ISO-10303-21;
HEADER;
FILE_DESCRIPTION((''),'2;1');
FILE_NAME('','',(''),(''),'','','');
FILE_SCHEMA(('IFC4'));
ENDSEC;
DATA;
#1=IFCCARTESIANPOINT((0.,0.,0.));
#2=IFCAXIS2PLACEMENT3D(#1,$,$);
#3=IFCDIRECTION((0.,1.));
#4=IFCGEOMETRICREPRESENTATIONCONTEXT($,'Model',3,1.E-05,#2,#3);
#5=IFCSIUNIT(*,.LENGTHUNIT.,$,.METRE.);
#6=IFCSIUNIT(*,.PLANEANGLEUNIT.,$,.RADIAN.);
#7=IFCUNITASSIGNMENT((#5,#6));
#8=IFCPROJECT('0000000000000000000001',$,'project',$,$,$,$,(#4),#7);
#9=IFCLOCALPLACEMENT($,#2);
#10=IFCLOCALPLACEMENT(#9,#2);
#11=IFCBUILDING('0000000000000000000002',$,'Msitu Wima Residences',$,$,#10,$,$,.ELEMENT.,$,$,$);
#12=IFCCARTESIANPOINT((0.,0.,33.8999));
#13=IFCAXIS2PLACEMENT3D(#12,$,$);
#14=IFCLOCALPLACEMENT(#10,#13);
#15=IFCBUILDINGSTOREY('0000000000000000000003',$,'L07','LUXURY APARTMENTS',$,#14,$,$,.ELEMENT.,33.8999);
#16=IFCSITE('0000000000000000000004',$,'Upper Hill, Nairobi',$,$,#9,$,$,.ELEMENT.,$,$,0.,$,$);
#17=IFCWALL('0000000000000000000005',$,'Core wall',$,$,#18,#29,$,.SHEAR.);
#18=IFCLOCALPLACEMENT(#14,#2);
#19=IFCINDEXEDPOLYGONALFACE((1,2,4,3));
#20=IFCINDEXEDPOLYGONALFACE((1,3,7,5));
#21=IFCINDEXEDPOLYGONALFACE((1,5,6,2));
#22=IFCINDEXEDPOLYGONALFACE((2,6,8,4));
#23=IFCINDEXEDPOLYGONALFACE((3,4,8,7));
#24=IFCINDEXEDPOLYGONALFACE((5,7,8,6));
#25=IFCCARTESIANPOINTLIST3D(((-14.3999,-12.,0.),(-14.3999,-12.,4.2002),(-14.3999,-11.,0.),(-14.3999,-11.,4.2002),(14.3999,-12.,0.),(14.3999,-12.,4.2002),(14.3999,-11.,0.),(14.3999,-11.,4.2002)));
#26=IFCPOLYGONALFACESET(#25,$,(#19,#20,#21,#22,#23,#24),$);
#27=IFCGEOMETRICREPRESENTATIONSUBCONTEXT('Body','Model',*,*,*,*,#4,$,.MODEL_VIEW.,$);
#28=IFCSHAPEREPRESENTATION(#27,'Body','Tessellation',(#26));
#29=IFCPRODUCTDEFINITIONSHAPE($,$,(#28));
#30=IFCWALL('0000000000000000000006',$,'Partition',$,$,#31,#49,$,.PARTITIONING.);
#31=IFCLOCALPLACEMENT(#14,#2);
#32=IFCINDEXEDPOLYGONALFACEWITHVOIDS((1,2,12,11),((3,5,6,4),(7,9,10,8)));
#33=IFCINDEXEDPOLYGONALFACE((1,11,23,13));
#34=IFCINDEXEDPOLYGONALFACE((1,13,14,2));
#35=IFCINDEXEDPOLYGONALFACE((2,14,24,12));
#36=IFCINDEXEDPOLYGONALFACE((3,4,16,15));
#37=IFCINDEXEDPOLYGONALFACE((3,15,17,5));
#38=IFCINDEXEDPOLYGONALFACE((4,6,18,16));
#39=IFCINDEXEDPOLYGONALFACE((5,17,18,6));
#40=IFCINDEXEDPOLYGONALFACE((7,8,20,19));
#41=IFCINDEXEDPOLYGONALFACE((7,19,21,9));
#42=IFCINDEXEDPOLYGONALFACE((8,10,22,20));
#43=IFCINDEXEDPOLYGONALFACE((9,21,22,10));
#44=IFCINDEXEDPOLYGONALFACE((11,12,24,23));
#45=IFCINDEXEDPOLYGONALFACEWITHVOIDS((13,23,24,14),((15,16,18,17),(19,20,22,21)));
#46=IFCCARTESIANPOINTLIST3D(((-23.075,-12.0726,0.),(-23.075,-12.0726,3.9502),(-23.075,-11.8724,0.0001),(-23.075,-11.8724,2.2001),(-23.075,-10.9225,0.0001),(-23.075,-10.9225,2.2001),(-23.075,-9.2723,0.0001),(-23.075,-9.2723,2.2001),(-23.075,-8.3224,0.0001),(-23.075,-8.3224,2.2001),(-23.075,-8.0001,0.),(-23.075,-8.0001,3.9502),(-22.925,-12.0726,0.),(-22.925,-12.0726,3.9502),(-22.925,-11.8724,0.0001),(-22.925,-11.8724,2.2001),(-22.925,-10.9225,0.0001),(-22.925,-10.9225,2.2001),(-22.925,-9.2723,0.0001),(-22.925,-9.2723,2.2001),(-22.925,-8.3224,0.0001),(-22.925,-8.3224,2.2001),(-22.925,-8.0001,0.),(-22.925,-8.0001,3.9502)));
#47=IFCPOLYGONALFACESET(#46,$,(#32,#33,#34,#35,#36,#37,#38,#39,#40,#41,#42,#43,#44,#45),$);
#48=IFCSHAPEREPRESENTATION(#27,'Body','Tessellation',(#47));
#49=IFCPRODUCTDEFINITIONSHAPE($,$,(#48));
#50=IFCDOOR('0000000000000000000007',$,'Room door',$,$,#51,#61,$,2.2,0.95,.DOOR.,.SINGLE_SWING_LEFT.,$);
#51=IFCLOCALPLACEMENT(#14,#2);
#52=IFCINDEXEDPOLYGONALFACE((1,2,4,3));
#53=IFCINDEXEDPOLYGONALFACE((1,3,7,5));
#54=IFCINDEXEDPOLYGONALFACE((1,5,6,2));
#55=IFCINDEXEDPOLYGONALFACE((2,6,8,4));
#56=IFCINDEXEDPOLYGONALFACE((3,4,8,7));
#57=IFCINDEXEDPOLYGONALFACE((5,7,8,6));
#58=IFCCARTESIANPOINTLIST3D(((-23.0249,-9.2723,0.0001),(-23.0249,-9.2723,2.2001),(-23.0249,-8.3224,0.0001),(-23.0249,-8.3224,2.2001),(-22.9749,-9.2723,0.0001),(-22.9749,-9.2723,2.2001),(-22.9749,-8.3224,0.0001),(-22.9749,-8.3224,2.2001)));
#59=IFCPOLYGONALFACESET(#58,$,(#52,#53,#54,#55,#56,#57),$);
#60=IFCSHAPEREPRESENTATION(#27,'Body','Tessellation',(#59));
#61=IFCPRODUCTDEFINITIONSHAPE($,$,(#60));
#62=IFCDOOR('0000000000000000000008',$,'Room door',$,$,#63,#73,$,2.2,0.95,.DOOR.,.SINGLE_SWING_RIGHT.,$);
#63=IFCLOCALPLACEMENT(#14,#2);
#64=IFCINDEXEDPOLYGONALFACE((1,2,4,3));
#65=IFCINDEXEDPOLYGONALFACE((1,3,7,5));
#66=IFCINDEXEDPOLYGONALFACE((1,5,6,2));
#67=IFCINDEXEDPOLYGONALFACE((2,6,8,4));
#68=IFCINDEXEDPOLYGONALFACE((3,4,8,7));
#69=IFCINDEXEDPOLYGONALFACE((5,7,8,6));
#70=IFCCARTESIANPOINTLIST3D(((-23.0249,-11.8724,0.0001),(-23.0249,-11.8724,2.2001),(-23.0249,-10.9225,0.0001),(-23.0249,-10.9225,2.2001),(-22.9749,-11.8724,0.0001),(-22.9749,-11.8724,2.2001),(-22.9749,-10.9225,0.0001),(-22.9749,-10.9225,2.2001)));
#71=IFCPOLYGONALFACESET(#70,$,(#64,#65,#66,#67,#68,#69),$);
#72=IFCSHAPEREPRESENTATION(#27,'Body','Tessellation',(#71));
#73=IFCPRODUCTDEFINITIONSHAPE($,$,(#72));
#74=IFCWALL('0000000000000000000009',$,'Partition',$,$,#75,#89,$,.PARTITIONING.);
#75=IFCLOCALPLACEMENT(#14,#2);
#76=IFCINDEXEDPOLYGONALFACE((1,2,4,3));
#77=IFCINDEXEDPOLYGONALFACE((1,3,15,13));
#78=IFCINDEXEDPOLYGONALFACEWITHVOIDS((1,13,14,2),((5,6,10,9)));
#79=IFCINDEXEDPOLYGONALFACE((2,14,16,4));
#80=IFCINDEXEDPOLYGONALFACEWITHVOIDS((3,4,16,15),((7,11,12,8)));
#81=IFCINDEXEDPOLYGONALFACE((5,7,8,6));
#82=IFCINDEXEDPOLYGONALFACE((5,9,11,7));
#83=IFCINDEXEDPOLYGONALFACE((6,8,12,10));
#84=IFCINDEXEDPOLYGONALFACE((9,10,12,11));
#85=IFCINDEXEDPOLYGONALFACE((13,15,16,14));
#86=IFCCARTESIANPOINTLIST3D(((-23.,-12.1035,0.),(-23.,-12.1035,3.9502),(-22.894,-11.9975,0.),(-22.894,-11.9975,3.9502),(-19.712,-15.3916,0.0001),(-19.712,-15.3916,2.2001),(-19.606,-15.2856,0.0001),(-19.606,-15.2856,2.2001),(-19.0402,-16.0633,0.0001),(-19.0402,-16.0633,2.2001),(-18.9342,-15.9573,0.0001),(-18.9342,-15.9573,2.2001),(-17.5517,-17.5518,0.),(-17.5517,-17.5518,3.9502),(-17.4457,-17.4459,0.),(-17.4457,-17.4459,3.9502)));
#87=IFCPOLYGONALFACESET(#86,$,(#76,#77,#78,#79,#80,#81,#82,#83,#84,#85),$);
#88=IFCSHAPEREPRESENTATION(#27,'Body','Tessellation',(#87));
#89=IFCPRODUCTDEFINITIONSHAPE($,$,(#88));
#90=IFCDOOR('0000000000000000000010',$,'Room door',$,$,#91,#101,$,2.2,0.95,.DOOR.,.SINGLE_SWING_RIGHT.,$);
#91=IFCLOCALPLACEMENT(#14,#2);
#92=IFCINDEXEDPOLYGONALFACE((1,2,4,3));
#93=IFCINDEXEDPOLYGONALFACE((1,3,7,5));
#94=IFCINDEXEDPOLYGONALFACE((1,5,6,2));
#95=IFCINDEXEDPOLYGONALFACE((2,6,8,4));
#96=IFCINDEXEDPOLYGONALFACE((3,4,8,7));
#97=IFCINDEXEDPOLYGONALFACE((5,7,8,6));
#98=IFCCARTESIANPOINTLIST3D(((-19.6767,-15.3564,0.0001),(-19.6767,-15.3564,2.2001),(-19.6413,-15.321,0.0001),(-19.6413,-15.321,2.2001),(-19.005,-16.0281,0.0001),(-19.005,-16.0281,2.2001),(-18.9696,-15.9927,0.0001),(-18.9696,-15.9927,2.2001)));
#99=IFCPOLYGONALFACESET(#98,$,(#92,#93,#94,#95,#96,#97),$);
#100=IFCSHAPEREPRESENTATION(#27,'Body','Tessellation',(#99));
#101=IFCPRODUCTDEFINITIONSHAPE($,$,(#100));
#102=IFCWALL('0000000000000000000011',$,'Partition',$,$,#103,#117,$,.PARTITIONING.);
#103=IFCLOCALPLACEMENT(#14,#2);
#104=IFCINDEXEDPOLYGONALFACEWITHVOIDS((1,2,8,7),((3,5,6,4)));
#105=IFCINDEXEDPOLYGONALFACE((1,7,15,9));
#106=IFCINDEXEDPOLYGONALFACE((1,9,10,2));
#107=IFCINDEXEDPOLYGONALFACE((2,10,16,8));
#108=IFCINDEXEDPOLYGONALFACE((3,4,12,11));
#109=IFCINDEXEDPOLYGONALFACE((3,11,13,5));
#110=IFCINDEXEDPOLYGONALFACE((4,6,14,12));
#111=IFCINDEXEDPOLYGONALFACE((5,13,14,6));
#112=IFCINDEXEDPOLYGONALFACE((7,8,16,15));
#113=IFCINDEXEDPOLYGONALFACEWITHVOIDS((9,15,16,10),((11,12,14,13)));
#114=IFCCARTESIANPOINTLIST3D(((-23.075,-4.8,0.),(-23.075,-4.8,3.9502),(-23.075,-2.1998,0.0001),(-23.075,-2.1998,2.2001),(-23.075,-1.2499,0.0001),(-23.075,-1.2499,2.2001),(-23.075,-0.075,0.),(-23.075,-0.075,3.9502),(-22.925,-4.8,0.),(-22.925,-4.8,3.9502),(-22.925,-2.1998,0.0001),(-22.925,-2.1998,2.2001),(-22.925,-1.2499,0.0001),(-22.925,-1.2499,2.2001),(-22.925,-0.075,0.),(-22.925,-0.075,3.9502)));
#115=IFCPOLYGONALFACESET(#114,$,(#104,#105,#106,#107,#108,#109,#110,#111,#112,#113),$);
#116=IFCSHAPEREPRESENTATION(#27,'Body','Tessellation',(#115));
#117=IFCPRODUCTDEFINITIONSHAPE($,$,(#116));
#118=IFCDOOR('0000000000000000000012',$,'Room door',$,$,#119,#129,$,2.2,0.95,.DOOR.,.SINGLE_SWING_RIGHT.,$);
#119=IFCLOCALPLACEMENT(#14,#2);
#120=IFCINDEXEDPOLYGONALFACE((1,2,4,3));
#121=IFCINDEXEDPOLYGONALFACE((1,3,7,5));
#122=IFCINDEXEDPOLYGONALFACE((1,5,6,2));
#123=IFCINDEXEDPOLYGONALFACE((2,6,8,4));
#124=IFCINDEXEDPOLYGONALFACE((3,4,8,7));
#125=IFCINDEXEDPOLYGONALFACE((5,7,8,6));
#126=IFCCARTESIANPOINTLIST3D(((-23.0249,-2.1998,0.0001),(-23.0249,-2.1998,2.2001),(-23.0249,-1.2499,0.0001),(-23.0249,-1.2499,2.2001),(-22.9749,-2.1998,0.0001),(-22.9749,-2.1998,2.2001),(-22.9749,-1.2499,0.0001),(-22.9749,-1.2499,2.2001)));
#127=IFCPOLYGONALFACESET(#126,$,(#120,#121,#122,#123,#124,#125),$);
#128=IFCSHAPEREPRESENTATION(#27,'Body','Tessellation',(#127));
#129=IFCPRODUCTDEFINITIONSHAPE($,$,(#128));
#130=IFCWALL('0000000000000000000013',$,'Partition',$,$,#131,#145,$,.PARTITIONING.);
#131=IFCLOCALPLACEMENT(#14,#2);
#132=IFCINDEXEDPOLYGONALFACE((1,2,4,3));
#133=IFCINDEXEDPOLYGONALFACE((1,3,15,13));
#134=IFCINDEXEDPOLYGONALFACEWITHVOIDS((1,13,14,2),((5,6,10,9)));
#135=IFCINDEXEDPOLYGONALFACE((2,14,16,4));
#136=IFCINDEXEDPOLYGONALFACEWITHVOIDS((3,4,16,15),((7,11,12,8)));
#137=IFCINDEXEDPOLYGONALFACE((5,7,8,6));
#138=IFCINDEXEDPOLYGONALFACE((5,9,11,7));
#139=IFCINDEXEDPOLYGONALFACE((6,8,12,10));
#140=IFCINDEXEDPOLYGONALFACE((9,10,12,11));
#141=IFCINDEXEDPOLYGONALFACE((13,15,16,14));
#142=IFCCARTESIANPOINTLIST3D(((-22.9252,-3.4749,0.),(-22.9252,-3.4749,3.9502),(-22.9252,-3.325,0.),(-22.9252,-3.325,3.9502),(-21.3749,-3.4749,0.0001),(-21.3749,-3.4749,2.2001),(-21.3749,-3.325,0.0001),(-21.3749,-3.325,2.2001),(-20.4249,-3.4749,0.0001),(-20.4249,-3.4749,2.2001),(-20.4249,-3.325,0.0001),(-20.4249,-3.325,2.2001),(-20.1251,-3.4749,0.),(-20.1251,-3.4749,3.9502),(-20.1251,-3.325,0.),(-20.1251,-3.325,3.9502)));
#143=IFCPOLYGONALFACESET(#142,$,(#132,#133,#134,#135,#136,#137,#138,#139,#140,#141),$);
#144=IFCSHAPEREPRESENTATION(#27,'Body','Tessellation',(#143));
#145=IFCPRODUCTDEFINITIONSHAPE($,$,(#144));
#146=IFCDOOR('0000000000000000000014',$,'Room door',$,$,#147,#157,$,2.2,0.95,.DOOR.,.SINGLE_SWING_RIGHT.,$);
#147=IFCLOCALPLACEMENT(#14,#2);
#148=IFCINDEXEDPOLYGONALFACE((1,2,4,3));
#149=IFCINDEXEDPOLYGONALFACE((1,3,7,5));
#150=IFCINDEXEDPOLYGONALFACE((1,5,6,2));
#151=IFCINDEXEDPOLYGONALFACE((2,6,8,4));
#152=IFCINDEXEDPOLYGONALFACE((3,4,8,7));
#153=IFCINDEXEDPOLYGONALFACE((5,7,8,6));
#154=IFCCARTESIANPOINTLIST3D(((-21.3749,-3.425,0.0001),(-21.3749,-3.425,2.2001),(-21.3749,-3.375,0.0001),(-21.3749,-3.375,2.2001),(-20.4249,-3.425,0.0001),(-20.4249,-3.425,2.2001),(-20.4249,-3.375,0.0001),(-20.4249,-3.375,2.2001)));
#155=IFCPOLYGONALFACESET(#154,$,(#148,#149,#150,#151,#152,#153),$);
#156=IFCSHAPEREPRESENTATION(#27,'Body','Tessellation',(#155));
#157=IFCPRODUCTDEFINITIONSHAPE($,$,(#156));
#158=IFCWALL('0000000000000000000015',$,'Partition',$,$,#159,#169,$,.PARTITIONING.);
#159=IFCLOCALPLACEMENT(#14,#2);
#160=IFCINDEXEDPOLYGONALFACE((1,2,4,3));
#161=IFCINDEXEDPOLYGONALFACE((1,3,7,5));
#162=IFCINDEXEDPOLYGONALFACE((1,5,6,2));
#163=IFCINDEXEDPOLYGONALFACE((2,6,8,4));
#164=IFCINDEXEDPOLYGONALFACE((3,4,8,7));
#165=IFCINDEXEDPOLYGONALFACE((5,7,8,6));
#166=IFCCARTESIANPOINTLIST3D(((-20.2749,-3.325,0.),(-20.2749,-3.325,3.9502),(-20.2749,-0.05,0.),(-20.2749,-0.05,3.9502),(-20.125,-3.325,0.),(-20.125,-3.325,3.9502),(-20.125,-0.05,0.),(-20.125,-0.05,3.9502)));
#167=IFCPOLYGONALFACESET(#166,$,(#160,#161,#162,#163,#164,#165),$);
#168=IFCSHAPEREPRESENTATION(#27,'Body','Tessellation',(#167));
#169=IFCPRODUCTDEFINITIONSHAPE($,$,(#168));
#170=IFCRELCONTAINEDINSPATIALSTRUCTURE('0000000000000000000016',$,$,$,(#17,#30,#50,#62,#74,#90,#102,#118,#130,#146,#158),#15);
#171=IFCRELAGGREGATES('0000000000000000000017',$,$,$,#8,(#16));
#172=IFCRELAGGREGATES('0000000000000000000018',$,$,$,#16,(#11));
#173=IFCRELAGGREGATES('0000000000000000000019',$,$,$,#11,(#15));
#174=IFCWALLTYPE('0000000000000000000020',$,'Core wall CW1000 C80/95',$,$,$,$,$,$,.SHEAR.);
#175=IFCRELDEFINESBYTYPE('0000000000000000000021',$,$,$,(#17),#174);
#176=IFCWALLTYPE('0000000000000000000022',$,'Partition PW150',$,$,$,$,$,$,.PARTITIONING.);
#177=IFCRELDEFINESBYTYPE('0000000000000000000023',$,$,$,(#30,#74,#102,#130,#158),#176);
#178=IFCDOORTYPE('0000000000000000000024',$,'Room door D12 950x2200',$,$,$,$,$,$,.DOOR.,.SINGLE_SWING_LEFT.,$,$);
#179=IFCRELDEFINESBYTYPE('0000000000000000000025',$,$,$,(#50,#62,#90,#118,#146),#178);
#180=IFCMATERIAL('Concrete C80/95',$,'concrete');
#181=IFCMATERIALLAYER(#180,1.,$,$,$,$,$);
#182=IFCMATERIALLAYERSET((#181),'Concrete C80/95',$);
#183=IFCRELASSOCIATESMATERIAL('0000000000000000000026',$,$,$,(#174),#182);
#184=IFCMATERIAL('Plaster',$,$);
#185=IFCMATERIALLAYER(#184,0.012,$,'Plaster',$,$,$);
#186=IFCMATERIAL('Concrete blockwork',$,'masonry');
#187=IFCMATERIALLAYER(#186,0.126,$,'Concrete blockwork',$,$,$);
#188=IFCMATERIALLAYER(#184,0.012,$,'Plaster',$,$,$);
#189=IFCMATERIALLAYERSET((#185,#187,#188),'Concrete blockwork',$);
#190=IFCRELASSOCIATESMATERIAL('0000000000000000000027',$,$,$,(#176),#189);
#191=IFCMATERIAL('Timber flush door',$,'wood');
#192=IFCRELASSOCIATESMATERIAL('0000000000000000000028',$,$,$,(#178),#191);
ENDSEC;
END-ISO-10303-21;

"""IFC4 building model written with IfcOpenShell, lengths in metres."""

from ifc_helpers import new_model, si_unit, direction, frame, frame_2d, origin, place, context, subcontext, project, spatial, rectangle, extrude, material, layer, layer_set, type_object, element, fill, save


model = new_model("IFC4")

# Units and contexts
model_context = context("Model", 3, precision=1e-05, world=origin(), true_north=direction((0.0, 1.0)))
body_context = subcontext(model_context, "Body", "Model", "MODEL_VIEW")
ifc_project = project(units=[si_unit("LENGTHUNIT", "METRE"), si_unit("PLANEANGLEUNIT", "RADIAN")], contexts=[model_context])

# Site, building, storey
site_placement = place(None, origin())
site = spatial("IfcSite", under=ifc_project, at=site_placement, Name="Upper Hill, Nairobi", CompositionType="ELEMENT", RefElevation=0.0)
building_placement = place(site_placement, origin())
building = spatial("IfcBuilding", under=site, at=building_placement, Name="Msitu Wima Residences", CompositionType="ELEMENT")
storey_placement = place(building_placement, frame((0.0, 0.0, 33.8999)))
storey = spatial("IfcBuildingStorey", under=building, at=storey_placement, Name="L07", Description="LUXURY APARTMENTS", CompositionType="ELEMENT", Elevation=33.8999)

# Wall
ifc_material_1 = material(Name="Concrete C80/95", Category="concrete")
ifc_layer_1 = layer(ifc_material_1, 1.0)
ifc_layer_set_1 = layer_set([ifc_layer_1], Name="Concrete C80/95")
wall_type_1 = type_object("IfcWallType", Name="Core wall CW1000 C80/95", PredefinedType="SHEAR", material=ifc_layer_set_1)
wall_1_placement = place(storey_placement, frame((-14.3999, -11.5, 0.0), z_axis=(0.0, 0.0, 1.0), x_axis=(1.0, 0.0, 0.0)))
element("IfcWall", 1, at=wall_1_placement, inside=storey, type_object=wall_type_1, Name="Core wall", PredefinedType="SHEAR", context=body_context, shape_type="SweptSolid", body=[
    extrude(rectangle(XDim=28.7998, YDim=1.0, at=frame_2d((14.3999, 0.0))), origin(), (0.0, 0.0, 1.0), 4.2002),
])

# Wall, openings, doors
ifc_material_2 = material(Name="Plaster")
ifc_layer_2 = layer(ifc_material_2, 0.012, Name="Plaster")
ifc_material_3 = material(Name="Concrete blockwork", Category="masonry")
ifc_layer_3 = layer(ifc_material_3, 0.126, Name="Concrete blockwork")
ifc_layer_4 = layer(ifc_material_2, 0.012, Name="Plaster")
ifc_layer_set_2 = layer_set([ifc_layer_2, ifc_layer_3, ifc_layer_4], Name="Concrete blockwork")
wall_type_2 = type_object("IfcWallType", Name="Partition PW150", PredefinedType="PARTITIONING", material=ifc_layer_set_2)
wall_2_placement = place(storey_placement, frame((-23.0, -12.0725, 0.0), z_axis=(0.0, 0.0, 1.0), x_axis=(0.0, 1.0, 0.0)))
wall_2 = element("IfcWall", 2, at=wall_2_placement, inside=storey, type_object=wall_type_2, Name="Partition", PredefinedType="PARTITIONING", context=body_context, shape_type="SweptSolid", body=[
    extrude(rectangle(XDim=4.0725, YDim=0.1499, at=frame_2d((2.0361, 0.0))), origin(), (0.0, 0.0, 1.0), 3.9502),
])
opening_1_placement = place(wall_2_placement, frame((2.8, 0.0, 0.0)))
opening_1 = element("IfcOpeningElement", 3, at=opening_1_placement, cuts=wall_2, PredefinedType="OPENING", context=body_context, shape_type="SweptSolid", body=[
    extrude(rectangle(XDim=0.95, YDim=2.2, at=frame_2d((0.4751, 1.1001))), frame((0.0, 0.085, 0.0), z_axis=(0.0, -1.0, 0.0), x_axis=(1.0, 0.0, 0.0)), (0.0, 0.0, 1.0), 0.1699),
])
opening_2_placement = place(wall_2_placement, frame((0.2, 0.0, 0.0)))
opening_2 = element("IfcOpeningElement", 4, at=opening_2_placement, cuts=wall_2, PredefinedType="OPENING", context=body_context, shape_type="SweptSolid", body=[
    extrude(rectangle(XDim=0.95, YDim=2.2, at=frame_2d((0.4751, 1.1001))), frame((0.0, 0.085, 0.0), z_axis=(0.0, -1.0, 0.0), x_axis=(1.0, 0.0, 0.0)), (0.0, 0.0, 1.0), 0.1699),
])
ifc_material_4 = material(Name="Timber flush door", Category="wood")
door_type_1 = type_object("IfcDoorType", Name="Room door D12 950x2200", OperationType="SINGLE_SWING_LEFT", PredefinedType="DOOR", material=ifc_material_4)
door_1_placement = place(opening_1_placement, origin())
door_1 = element("IfcDoor", 5, at=door_1_placement, inside=storey, type_object=door_type_1, Name="Room door", OperationType="SINGLE_SWING_LEFT", OverallHeight=2.2, OverallWidth=0.95, PredefinedType="DOOR", context=body_context, shape_type="SweptSolid", body=[
    extrude(rectangle(XDim=0.95, YDim=2.2, at=frame_2d((0.4751, 1.1001))), frame((0.0, 0.0249, 0.0), z_axis=(0.0, -1.0, 0.0), x_axis=(1.0, 0.0, 0.0)), (0.0, 0.0, 1.0), 0.05),
])
fill(opening_1, door_1)
door_2_placement = place(opening_2_placement, origin())
door_2 = element("IfcDoor", 6, at=door_2_placement, inside=storey, type_object=door_type_1, Name="Room door", OperationType="SINGLE_SWING_RIGHT", OverallHeight=2.2, OverallWidth=0.95, PredefinedType="DOOR", context=body_context, shape_type="SweptSolid", body=[
    extrude(rectangle(XDim=0.95, YDim=2.2, at=frame_2d((0.4751, 1.1001))), frame((0.0, 0.0249, 0.0), z_axis=(0.0, -1.0, 0.0), x_axis=(1.0, 0.0, 0.0)), (0.0, 0.0, 1.0), 0.05),
])
fill(opening_2, door_2)

# Walls, openings, doors
wall_3_placement = place(storey_placement, frame((-22.947, -12.0505, 0.0), z_axis=(0.0, 0.0, 1.0), x_axis=(0.707107, -0.707107, 0.0)))
wall_3 = element("IfcWall", 7, at=wall_3_placement, inside=storey, type_object=wall_type_2, Name="Partition", PredefinedType="PARTITIONING", context=body_context, shape_type="SweptSolid", body=[
    extrude(rectangle(XDim=7.7051, YDim=0.1499, at=frame_2d((3.8525, 0.0))), origin(), (0.0, 0.0, 1.0), 3.9502),
])
opening_3_placement = place(wall_3_placement, frame((4.6499, 0.0, 0.0)))
opening_3 = element("IfcOpeningElement", 8, at=opening_3_placement, cuts=wall_3, PredefinedType="OPENING", context=body_context, shape_type="SweptSolid", body=[
    extrude(rectangle(XDim=0.95, YDim=2.2, at=frame_2d((0.4751, 1.1001))), frame((0.0, 0.085, 0.0), z_axis=(0.0, -1.0, 0.0), x_axis=(1.0, 0.0, 0.0)), (0.0, 0.0, 1.0), 0.1699),
])
door_3_placement = place(opening_3_placement, origin())
door_3 = element("IfcDoor", 9, at=door_3_placement, inside=storey, type_object=door_type_1, Name="Room door", OperationType="SINGLE_SWING_RIGHT", OverallHeight=2.2, OverallWidth=0.95, PredefinedType="DOOR", context=body_context, shape_type="SweptSolid", body=[
    extrude(rectangle(XDim=0.95, YDim=2.2, at=frame_2d((0.4751, 1.1001))), frame((0.0, 0.0249, 0.0), z_axis=(0.0, -1.0, 0.0), x_axis=(1.0, 0.0, 0.0)), (0.0, 0.0, 1.0), 0.05),
])
fill(opening_3, door_3)
wall_4_placement = place(storey_placement, frame((-23.0, -4.8, 0.0), z_axis=(0.0, 0.0, 1.0), x_axis=(0.0, 1.0, 0.0)))
wall_4 = element("IfcWall", 10, at=wall_4_placement, inside=storey, type_object=wall_type_2, Name="Partition", PredefinedType="PARTITIONING", context=body_context, shape_type="SweptSolid", body=[
    extrude(rectangle(XDim=4.7251, YDim=0.1499, at=frame_2d((2.3625, 0.0))), origin(), (0.0, 0.0, 1.0), 3.9502),
])
opening_4_placement = place(wall_4_placement, frame((2.6001, 0.0, 0.0)))
opening_4 = element("IfcOpeningElement", 11, at=opening_4_placement, cuts=wall_4, PredefinedType="OPENING", context=body_context, shape_type="SweptSolid", body=[
    extrude(rectangle(XDim=0.95, YDim=2.2, at=frame_2d((0.4751, 1.1001))), frame((0.0, 0.085, 0.0), z_axis=(0.0, -1.0, 0.0), x_axis=(1.0, 0.0, 0.0)), (0.0, 0.0, 1.0), 0.1699),
])
door_4_placement = place(opening_4_placement, origin())
door_4 = element("IfcDoor", 12, at=door_4_placement, inside=storey, type_object=door_type_1, Name="Room door", OperationType="SINGLE_SWING_RIGHT", OverallHeight=2.2, OverallWidth=0.95, PredefinedType="DOOR", context=body_context, shape_type="SweptSolid", body=[
    extrude(rectangle(XDim=0.95, YDim=2.2, at=frame_2d((0.4751, 1.1001))), frame((0.0, 0.0249, 0.0), z_axis=(0.0, -1.0, 0.0), x_axis=(1.0, 0.0, 0.0)), (0.0, 0.0, 1.0), 0.05),
])
fill(opening_4, door_4)
wall_5_placement = place(storey_placement, frame((-22.925, -3.3999, 0.0), z_axis=(0.0, 0.0, 1.0), x_axis=(1.0, 0.0, 0.0)))
wall_5 = element("IfcWall", 13, at=wall_5_placement, inside=storey, type_object=wall_type_2, Name="Partition", PredefinedType="PARTITIONING", context=body_context, shape_type="SweptSolid", body=[
    extrude(rectangle(XDim=2.8, YDim=0.1499, at=frame_2d((1.3999, 0.0))), origin(), (0.0, 0.0, 1.0), 3.9502),
])
opening_5_placement = place(wall_5_placement, frame((1.55, 0.0, 0.0)))
opening_5 = element("IfcOpeningElement", 14, at=opening_5_placement, cuts=wall_5, PredefinedType="OPENING", context=body_context, shape_type="SweptSolid", body=[
    extrude(rectangle(XDim=0.95, YDim=2.2, at=frame_2d((0.4751, 1.1001))), frame((0.0, 0.085, 0.0), z_axis=(0.0, -1.0, 0.0), x_axis=(1.0, 0.0, 0.0)), (0.0, 0.0, 1.0), 0.1699),
])
door_5_placement = place(opening_5_placement, origin())
door_5 = element("IfcDoor", 15, at=door_5_placement, inside=storey, type_object=door_type_1, Name="Room door", OperationType="SINGLE_SWING_RIGHT", OverallHeight=2.2, OverallWidth=0.95, PredefinedType="DOOR", context=body_context, shape_type="SweptSolid", body=[
    extrude(rectangle(XDim=0.95, YDim=2.2, at=frame_2d((0.4751, 1.1001))), frame((0.0, 0.0249, 0.0), z_axis=(0.0, -1.0, 0.0), x_axis=(1.0, 0.0, 0.0)), (0.0, 0.0, 1.0), 0.05),
])
fill(opening_5, door_5)

# Wall
wall_6_placement = place(storey_placement, frame((-20.2, -3.325, 0.0), z_axis=(0.0, 0.0, 1.0), x_axis=(0.0, 1.0, 0.0)))
element("IfcWall", 16, at=wall_6_placement, inside=storey, type_object=wall_type_2, Name="Partition", PredefinedType="PARTITIONING", context=body_context, shape_type="SweptSolid", body=[
    extrude(rectangle(XDim=3.2749, YDim=0.1499, at=frame_2d((1.6375, 0.0))), origin(), (0.0, 0.0, 1.0), 3.9502),
])

save(model, "model.ifc")
